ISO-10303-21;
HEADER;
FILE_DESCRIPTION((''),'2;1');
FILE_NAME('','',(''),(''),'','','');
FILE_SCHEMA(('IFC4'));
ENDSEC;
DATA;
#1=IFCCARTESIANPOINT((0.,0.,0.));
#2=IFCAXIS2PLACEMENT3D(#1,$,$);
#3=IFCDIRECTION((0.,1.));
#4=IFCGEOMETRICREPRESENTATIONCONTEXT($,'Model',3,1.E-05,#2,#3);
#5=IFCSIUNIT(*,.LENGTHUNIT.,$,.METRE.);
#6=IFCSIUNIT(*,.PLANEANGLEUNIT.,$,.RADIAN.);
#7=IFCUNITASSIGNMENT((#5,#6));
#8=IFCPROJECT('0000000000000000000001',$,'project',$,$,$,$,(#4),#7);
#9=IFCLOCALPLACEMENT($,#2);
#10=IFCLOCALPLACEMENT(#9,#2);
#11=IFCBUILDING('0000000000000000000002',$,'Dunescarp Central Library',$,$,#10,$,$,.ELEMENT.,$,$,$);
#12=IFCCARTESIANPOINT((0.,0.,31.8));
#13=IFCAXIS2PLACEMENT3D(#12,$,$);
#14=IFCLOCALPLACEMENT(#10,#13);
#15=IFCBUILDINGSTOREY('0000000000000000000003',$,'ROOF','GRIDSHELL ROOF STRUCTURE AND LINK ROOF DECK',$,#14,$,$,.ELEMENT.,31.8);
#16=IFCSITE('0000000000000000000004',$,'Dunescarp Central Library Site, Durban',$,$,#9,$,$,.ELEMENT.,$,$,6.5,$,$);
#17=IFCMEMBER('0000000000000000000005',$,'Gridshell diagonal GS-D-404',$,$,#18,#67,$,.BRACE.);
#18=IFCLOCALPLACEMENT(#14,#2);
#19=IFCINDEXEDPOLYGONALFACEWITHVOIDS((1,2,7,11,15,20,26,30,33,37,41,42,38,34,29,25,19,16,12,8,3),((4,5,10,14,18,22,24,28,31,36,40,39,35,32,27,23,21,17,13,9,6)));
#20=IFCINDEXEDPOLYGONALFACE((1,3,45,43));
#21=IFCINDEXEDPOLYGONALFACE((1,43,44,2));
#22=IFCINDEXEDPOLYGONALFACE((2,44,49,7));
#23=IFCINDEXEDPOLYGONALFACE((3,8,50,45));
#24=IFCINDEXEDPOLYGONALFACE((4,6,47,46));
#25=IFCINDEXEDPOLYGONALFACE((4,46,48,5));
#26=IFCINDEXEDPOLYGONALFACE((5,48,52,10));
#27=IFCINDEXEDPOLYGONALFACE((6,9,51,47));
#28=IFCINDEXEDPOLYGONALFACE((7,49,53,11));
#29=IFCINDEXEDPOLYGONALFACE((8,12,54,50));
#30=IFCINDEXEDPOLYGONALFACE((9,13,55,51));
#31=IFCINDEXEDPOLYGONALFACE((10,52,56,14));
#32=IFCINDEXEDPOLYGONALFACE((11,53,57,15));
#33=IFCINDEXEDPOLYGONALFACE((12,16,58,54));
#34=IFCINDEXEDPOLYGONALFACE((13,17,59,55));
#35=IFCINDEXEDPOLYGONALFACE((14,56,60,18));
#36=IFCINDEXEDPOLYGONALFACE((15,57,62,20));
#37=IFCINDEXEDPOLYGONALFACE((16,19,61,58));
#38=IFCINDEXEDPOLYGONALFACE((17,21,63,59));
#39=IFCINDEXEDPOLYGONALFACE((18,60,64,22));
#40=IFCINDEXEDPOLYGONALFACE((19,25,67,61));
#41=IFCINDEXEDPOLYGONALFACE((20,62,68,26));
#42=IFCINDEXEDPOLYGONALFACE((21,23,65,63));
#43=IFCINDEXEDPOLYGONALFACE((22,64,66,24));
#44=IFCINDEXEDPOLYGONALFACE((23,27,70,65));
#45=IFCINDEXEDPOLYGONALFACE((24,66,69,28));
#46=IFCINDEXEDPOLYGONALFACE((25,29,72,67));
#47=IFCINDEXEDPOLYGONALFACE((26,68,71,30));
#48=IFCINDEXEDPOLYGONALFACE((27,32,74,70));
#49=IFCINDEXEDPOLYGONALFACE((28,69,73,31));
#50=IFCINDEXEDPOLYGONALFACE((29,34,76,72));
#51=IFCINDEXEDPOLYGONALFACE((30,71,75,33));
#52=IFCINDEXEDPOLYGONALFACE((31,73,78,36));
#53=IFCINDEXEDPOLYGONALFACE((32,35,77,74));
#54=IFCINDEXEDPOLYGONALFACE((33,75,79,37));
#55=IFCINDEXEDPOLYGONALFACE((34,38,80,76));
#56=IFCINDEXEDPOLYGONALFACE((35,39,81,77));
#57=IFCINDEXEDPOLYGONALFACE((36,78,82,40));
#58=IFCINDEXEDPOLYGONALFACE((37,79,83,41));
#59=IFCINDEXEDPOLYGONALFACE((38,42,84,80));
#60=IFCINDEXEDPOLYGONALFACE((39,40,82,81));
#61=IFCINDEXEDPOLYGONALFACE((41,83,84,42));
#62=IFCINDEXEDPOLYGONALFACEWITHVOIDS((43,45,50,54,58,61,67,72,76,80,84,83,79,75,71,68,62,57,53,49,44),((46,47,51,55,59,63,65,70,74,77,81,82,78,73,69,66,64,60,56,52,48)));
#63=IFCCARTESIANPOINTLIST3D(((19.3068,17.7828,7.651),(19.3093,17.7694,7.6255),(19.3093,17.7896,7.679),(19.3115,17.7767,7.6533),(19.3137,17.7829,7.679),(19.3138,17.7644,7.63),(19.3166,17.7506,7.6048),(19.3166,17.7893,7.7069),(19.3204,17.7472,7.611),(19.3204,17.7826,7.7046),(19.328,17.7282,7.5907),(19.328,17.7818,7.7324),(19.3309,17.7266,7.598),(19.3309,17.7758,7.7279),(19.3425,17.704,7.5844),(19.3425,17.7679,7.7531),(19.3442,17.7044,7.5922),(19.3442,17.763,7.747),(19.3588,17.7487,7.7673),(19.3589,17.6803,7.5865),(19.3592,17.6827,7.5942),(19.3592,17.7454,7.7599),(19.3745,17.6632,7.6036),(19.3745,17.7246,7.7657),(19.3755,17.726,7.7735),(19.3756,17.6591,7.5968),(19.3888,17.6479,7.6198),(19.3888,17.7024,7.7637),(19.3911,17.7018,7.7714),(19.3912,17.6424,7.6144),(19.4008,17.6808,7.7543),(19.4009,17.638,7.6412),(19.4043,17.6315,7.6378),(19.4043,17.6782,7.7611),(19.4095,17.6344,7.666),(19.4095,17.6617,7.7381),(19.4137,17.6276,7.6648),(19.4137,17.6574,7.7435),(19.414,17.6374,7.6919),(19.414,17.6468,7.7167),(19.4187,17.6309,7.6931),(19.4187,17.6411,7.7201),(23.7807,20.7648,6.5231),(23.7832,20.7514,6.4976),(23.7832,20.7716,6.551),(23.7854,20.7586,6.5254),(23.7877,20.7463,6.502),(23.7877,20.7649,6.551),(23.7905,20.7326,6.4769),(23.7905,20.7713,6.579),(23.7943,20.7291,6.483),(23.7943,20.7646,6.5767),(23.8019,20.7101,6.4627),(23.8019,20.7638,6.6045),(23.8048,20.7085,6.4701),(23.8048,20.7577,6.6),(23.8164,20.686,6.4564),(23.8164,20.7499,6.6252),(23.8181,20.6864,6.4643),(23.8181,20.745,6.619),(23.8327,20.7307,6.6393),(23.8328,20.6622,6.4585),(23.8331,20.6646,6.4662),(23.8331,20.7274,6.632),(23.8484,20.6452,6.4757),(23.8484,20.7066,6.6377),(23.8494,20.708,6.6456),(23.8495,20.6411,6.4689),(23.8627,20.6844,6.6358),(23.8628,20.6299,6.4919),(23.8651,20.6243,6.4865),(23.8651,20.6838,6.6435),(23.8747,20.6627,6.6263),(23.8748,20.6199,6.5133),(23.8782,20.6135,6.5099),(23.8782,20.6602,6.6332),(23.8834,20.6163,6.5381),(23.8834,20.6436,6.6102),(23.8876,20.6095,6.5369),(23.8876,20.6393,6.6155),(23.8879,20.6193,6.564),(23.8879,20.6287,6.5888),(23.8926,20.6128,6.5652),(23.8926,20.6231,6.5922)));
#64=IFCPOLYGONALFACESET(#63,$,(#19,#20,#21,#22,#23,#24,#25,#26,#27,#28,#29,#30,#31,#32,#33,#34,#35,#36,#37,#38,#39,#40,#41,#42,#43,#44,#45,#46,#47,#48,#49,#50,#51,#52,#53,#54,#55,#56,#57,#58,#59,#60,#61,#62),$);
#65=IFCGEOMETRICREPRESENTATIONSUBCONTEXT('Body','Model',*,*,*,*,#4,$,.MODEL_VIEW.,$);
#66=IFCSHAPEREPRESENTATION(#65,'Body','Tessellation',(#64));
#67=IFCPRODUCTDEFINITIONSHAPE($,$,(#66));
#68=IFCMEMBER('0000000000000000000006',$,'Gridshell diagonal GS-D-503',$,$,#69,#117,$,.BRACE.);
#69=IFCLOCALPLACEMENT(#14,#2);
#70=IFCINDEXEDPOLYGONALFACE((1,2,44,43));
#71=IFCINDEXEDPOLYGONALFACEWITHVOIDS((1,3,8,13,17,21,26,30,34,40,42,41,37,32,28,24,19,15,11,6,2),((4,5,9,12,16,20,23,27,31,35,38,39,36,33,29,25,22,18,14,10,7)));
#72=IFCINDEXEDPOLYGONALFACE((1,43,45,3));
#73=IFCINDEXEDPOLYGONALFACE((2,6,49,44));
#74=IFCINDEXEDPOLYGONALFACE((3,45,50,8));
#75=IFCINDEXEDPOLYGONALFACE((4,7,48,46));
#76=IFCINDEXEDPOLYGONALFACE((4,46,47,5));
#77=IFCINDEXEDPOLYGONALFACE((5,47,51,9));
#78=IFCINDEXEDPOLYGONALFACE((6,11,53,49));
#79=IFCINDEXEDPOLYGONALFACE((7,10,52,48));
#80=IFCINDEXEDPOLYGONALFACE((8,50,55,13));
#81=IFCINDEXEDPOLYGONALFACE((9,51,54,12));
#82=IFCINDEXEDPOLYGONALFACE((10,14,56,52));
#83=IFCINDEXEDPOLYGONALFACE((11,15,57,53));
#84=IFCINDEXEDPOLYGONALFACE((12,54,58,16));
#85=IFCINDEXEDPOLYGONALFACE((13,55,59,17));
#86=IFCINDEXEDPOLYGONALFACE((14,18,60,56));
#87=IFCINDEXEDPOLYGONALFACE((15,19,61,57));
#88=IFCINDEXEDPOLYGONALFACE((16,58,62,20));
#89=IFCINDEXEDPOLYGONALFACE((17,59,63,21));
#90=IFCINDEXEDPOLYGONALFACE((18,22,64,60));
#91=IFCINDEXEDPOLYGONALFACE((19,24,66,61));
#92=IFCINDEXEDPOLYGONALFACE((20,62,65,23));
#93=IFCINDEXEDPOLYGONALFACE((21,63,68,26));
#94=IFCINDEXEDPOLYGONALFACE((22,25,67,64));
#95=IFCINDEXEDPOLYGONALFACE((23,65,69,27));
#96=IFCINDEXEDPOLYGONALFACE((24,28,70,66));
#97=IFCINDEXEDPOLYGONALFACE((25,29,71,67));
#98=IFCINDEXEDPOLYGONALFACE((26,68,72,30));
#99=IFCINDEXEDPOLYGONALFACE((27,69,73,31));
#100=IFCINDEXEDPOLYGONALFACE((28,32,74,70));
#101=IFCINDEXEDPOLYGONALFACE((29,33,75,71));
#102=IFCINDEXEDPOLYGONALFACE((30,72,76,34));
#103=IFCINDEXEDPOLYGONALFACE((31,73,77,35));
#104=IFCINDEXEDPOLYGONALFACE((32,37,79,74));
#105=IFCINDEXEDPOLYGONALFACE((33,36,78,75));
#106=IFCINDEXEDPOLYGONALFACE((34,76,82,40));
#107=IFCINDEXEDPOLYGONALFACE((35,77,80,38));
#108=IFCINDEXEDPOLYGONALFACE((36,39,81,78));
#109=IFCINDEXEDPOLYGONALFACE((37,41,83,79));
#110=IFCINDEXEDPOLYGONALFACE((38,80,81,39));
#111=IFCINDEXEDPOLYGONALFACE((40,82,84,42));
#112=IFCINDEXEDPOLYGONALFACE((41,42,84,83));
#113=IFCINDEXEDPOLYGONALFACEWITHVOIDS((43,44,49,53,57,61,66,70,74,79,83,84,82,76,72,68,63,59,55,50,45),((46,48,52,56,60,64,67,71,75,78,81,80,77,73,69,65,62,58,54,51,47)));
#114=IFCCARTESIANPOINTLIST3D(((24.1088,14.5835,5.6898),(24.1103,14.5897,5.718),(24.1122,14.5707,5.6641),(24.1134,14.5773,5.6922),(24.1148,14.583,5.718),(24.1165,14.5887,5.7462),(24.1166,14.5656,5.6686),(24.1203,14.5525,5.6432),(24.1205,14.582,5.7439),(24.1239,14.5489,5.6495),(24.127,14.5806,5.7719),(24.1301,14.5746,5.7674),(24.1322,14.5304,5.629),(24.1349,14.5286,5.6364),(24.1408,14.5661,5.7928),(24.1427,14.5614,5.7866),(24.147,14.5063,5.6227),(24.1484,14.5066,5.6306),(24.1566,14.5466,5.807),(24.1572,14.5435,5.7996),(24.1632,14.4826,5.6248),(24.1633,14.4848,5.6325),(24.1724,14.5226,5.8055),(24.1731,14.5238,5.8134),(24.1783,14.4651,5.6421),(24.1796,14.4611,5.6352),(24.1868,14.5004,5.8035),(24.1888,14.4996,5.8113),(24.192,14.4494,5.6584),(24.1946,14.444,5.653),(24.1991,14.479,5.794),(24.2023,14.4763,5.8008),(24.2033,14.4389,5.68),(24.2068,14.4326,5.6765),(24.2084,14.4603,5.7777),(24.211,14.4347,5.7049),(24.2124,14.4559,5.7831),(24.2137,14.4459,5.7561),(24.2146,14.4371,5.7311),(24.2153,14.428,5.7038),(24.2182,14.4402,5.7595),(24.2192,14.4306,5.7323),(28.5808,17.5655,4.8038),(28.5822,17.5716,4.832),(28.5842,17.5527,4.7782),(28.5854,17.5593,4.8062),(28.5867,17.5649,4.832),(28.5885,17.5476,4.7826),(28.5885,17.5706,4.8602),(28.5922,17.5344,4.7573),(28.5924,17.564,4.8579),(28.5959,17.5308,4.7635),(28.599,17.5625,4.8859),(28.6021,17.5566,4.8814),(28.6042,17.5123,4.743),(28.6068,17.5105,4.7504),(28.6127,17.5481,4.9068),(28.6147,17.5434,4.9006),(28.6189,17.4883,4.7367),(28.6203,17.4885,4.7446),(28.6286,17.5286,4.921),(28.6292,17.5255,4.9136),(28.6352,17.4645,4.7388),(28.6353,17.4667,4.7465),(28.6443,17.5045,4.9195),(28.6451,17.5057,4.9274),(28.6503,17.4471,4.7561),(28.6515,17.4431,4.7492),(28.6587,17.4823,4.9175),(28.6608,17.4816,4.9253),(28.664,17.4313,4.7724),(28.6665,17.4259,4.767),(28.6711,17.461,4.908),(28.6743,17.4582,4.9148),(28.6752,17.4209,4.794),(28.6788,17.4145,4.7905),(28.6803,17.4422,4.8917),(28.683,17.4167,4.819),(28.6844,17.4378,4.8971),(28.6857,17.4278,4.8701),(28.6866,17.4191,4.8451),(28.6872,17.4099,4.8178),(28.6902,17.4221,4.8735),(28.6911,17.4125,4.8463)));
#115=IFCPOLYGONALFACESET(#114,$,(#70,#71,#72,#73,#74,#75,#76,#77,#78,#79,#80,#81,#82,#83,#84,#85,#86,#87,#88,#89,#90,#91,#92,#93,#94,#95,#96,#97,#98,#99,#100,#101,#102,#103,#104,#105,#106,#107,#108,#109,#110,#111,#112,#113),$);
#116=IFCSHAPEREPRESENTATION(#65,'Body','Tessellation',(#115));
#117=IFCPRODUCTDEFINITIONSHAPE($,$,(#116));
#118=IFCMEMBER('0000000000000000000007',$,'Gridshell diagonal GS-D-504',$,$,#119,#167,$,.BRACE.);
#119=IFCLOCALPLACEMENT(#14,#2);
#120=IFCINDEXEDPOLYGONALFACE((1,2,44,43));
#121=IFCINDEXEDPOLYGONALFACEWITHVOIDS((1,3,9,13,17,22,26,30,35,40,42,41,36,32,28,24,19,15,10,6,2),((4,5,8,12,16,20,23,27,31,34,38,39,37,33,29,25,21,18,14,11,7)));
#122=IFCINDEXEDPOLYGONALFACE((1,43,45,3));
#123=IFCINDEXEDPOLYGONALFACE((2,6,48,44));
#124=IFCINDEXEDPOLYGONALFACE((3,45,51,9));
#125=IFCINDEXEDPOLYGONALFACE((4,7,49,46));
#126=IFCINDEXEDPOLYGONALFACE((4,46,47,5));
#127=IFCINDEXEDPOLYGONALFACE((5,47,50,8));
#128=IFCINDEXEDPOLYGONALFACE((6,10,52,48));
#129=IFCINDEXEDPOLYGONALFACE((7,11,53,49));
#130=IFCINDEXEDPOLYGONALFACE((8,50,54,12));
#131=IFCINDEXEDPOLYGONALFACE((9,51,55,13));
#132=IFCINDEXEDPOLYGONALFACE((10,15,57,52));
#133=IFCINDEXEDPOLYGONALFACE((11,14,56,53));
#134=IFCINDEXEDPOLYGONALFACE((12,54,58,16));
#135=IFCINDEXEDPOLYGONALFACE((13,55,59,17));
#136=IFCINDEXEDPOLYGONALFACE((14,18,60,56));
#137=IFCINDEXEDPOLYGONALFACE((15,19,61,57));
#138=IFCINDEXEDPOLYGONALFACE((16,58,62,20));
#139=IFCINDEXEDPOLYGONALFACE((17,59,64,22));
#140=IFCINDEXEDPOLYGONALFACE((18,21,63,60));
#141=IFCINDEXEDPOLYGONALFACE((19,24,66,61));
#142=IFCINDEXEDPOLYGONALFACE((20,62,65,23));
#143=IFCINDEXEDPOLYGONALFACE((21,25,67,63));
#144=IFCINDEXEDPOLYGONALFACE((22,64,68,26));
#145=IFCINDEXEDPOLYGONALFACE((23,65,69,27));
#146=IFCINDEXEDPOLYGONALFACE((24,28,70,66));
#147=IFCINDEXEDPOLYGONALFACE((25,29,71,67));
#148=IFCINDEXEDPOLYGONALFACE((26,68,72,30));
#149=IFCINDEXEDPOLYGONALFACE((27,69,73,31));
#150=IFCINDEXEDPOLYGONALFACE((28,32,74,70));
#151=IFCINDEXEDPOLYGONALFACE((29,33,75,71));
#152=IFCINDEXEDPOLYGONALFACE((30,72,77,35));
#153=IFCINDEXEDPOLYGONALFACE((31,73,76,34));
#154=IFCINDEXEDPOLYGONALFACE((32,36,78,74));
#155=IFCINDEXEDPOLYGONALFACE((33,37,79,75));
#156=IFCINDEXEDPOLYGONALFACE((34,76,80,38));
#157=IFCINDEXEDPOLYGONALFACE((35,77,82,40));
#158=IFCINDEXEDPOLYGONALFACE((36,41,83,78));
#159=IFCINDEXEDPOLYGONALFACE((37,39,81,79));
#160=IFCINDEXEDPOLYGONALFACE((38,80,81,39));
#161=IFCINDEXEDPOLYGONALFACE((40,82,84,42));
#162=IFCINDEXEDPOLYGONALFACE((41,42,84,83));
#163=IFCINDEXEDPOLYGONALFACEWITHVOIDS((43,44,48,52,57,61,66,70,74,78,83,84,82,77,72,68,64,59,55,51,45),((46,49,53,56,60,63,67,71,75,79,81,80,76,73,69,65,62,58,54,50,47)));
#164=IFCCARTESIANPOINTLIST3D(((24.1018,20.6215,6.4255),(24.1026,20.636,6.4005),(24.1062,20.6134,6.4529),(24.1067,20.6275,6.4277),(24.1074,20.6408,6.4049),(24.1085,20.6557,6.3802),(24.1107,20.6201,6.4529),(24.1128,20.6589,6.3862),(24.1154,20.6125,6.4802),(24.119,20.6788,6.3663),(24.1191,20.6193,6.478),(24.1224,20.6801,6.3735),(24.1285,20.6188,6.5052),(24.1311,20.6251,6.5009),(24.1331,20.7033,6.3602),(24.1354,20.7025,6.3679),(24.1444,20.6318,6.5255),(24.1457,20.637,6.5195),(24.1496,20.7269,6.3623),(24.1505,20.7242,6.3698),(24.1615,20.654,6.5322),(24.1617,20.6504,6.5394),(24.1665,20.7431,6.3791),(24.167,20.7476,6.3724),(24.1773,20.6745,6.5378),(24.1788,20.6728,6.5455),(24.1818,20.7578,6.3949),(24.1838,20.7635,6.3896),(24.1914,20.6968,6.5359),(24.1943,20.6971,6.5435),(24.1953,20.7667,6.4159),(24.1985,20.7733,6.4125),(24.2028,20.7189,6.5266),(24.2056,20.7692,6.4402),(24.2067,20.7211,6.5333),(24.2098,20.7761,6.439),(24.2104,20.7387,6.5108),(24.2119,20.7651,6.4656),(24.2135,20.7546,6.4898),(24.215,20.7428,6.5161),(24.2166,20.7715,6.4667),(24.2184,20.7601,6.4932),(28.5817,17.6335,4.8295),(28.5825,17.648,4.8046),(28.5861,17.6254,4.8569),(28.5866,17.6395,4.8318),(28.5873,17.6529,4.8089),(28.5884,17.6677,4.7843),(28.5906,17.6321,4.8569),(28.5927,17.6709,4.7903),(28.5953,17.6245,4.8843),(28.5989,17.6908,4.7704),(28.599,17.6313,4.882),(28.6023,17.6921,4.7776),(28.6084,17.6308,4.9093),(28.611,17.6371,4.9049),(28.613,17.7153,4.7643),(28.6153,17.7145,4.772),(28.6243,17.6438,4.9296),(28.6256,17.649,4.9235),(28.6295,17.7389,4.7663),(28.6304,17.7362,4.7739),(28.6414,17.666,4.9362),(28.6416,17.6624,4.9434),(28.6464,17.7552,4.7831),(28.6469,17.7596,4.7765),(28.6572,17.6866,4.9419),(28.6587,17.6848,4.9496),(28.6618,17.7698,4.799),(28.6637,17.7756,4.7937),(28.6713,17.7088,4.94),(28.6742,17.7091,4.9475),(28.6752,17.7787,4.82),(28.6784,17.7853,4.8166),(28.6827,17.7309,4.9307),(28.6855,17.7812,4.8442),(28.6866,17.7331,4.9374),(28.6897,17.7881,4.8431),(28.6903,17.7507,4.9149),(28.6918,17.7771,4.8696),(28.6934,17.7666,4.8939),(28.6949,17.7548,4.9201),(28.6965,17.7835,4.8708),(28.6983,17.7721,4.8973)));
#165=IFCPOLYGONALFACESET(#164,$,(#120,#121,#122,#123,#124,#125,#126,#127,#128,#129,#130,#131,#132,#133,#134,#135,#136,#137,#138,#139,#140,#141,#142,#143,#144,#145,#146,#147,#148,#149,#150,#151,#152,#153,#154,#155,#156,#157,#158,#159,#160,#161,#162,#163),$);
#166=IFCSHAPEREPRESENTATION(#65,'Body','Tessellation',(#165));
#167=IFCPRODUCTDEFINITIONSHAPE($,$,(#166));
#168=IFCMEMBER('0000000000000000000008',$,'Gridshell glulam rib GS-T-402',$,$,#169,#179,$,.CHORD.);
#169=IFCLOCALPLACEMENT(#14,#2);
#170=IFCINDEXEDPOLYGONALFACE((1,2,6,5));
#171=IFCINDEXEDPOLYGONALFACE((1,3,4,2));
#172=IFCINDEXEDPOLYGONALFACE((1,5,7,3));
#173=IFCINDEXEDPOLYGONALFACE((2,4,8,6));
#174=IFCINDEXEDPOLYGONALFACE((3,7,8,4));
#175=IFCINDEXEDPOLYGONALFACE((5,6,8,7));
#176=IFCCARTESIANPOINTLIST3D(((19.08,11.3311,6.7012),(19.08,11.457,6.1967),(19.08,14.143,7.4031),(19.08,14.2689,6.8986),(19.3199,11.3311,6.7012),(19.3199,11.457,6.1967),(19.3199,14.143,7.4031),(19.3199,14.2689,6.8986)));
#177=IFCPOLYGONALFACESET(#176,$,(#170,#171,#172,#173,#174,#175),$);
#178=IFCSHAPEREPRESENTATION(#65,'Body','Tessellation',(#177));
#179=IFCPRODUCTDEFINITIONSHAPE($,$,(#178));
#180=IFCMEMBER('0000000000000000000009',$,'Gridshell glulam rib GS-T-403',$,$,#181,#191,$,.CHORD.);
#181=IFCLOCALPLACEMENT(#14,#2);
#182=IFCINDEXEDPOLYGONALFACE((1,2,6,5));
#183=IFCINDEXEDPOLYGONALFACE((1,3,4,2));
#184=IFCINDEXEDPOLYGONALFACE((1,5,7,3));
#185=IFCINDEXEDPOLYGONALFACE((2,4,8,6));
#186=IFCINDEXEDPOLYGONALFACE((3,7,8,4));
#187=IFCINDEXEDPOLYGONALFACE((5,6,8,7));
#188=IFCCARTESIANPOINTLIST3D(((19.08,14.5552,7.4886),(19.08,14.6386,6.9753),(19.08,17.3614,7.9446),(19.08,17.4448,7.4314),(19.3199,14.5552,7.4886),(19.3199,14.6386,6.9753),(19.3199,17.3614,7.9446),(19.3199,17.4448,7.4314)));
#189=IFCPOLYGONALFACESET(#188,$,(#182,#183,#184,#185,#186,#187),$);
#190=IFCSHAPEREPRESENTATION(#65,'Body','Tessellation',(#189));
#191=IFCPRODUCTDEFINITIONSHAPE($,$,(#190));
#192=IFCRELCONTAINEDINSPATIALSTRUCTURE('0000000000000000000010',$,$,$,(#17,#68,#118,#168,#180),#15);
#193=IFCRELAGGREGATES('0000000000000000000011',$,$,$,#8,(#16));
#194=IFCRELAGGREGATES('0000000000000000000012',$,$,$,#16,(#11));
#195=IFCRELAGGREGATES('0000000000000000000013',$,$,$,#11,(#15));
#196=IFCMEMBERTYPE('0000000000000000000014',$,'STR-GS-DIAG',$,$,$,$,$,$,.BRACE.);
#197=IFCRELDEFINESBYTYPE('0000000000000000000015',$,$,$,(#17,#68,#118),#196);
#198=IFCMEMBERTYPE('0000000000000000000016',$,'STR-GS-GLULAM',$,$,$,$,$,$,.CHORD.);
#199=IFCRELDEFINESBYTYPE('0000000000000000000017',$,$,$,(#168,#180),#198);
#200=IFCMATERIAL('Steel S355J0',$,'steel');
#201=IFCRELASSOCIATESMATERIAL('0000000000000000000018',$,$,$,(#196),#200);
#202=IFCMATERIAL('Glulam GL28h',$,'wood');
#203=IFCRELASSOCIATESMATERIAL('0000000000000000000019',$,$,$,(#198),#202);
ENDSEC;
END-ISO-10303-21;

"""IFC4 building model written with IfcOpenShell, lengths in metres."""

from ifc_helpers import new_model, si_unit, direction, frame, origin, origin_2d, place, context, subcontext, project, spatial, rectangle, hollow_circle, extrude, material, material_profile, profile_set, type_object, element, save


model = new_model("IFC4")

# Units and contexts
model_context = context("Model", 3, precision=1e-05, world=origin(), true_north=direction((0.0, 1.0)))
body_context = subcontext(model_context, "Body", "Model", "MODEL_VIEW")
ifc_project = project(units=[si_unit("LENGTHUNIT", "METRE"), si_unit("PLANEANGLEUNIT", "RADIAN")], contexts=[model_context])

# Site, building, storey
site_placement = place(None, origin())
site = spatial("IfcSite", under=ifc_project, at=site_placement, Name="Dunescarp Central Library Site, Durban", CompositionType="ELEMENT", RefElevation=6.5)
building_placement = place(site_placement, origin())
building = spatial("IfcBuilding", under=site, at=building_placement, Name="Dunescarp Central Library", CompositionType="ELEMENT")
storey_placement = place(building_placement, frame((0.0, 0.0, 31.8)))
storey = spatial("IfcBuildingStorey", under=building, at=storey_placement, Name="ROOF", Description="GRIDSHELL ROOF STRUCTURE AND LINK ROOF DECK", CompositionType="ELEMENT", Elevation=31.8)

# Members
ifc_material_1 = material(Name="Steel S355J0", Category="steel")
ifc_material_profile_1 = material_profile(ifc_material_1, hollow_circle(Radius=0.0969, WallThickness=0.0081, at=origin_2d()), Name="CHS 193.7x8")
ifc_profile_set_1 = profile_set([ifc_material_profile_1], Name="Steel S355J0")
member_type_1 = type_object("IfcMemberType", Name="STR-GS-DIAG", PredefinedType="BRACE", material=ifc_profile_set_1)
member_1_placement = place(storey_placement, frame((19.363, 17.709, 7.679), z_axis=(0.814379, 0.542801, -0.205317), x_axis=(-0.554616, 0.832106, 0.0)))
element("IfcMember", 1, at=member_1_placement, inside=storey, type_object=member_type_1, Name="Gridshell diagonal GS-D-404", PredefinedType="BRACE", context=body_context, shape_type="SweptSolid", body=[
    extrude(hollow_circle(Radius=0.0969, WallThickness=0.0081, at=origin_2d()), origin(), (0.0, 0.0, 1.0), 5.4937),
])
member_2_placement = place(storey_placement, frame((24.1641, 14.509, 5.718), z_axis=(0.820917, 0.547397, -0.162642), x_axis=(-0.554784, 0.831994, 0.0)))
element("IfcMember", 2, at=member_2_placement, inside=storey, type_object=member_type_1, Name="Gridshell diagonal GS-D-503", PredefinedType="BRACE", context=body_context, shape_type="SweptSolid", body=[
    extrude(hollow_circle(Radius=0.0969, WallThickness=0.0081, at=origin_2d()), origin(), (0.0, 0.0, 1.0), 5.4475),
])
member_3_placement = place(storey_placement, frame((28.6399, 17.7061, 4.8569), z_axis=(-0.797639, 0.532006, 0.284151), x_axis=(-0.554878, -0.831932, 0.0)))
element("IfcMember", 3, at=member_3_placement, inside=storey, type_object=member_type_1, Name="Gridshell diagonal GS-D-504", PredefinedType="BRACE", context=body_context, shape_type="SweptSolid", body=[
    extrude(hollow_circle(Radius=0.0969, WallThickness=0.0081, at=origin_2d()), origin(), (0.0, 0.0, 1.0), 5.6165),
])
ifc_material_2 = material(Name="Glulam GL28h", Category="wood")
ifc_material_profile_2 = material_profile(ifc_material_2, rectangle(XDim=0.24, YDim=0.52, at=origin_2d()), Name="GL28h 240x520")
ifc_profile_set_2 = profile_set([ifc_material_profile_2], Name="Glulam GL28h")
member_type_2 = type_object("IfcMemberType", Name="STR-GS-GLULAM", PredefinedType="CHORD", material=ifc_profile_set_2)
member_4_placement = place(storey_placement, frame((19.2, 11.394, 6.449), z_axis=(0.0, 0.970232, 0.242179), x_axis=(-1.0, 0.0, 0.0)))
element("IfcMember", 4, at=member_4_placement, inside=storey, type_object=member_type_2, Name="Gridshell glulam rib GS-T-402", PredefinedType="CHORD", context=body_context, shape_type="SweptSolid", body=[
    extrude(rectangle(XDim=0.24, YDim=0.52, at=origin_2d()), origin(), (0.0, 0.0, 1.0), 2.8982),
])
member_5_placement = place(storey_placement, frame((19.2, 14.5969, 7.2319), z_axis=(0.0, 0.98705, 0.160415), x_axis=(-1.0, 0.0, 0.0)))
element("IfcMember", 5, at=member_5_placement, inside=storey, type_object=member_type_2, Name="Gridshell glulam rib GS-T-403", PredefinedType="CHORD", context=body_context, shape_type="SweptSolid", body=[
    extrude(rectangle(XDim=0.24, YDim=0.52, at=origin_2d()), origin(), (0.0, 0.0, 1.0), 2.843),
])

save(model, "model.ifc")
